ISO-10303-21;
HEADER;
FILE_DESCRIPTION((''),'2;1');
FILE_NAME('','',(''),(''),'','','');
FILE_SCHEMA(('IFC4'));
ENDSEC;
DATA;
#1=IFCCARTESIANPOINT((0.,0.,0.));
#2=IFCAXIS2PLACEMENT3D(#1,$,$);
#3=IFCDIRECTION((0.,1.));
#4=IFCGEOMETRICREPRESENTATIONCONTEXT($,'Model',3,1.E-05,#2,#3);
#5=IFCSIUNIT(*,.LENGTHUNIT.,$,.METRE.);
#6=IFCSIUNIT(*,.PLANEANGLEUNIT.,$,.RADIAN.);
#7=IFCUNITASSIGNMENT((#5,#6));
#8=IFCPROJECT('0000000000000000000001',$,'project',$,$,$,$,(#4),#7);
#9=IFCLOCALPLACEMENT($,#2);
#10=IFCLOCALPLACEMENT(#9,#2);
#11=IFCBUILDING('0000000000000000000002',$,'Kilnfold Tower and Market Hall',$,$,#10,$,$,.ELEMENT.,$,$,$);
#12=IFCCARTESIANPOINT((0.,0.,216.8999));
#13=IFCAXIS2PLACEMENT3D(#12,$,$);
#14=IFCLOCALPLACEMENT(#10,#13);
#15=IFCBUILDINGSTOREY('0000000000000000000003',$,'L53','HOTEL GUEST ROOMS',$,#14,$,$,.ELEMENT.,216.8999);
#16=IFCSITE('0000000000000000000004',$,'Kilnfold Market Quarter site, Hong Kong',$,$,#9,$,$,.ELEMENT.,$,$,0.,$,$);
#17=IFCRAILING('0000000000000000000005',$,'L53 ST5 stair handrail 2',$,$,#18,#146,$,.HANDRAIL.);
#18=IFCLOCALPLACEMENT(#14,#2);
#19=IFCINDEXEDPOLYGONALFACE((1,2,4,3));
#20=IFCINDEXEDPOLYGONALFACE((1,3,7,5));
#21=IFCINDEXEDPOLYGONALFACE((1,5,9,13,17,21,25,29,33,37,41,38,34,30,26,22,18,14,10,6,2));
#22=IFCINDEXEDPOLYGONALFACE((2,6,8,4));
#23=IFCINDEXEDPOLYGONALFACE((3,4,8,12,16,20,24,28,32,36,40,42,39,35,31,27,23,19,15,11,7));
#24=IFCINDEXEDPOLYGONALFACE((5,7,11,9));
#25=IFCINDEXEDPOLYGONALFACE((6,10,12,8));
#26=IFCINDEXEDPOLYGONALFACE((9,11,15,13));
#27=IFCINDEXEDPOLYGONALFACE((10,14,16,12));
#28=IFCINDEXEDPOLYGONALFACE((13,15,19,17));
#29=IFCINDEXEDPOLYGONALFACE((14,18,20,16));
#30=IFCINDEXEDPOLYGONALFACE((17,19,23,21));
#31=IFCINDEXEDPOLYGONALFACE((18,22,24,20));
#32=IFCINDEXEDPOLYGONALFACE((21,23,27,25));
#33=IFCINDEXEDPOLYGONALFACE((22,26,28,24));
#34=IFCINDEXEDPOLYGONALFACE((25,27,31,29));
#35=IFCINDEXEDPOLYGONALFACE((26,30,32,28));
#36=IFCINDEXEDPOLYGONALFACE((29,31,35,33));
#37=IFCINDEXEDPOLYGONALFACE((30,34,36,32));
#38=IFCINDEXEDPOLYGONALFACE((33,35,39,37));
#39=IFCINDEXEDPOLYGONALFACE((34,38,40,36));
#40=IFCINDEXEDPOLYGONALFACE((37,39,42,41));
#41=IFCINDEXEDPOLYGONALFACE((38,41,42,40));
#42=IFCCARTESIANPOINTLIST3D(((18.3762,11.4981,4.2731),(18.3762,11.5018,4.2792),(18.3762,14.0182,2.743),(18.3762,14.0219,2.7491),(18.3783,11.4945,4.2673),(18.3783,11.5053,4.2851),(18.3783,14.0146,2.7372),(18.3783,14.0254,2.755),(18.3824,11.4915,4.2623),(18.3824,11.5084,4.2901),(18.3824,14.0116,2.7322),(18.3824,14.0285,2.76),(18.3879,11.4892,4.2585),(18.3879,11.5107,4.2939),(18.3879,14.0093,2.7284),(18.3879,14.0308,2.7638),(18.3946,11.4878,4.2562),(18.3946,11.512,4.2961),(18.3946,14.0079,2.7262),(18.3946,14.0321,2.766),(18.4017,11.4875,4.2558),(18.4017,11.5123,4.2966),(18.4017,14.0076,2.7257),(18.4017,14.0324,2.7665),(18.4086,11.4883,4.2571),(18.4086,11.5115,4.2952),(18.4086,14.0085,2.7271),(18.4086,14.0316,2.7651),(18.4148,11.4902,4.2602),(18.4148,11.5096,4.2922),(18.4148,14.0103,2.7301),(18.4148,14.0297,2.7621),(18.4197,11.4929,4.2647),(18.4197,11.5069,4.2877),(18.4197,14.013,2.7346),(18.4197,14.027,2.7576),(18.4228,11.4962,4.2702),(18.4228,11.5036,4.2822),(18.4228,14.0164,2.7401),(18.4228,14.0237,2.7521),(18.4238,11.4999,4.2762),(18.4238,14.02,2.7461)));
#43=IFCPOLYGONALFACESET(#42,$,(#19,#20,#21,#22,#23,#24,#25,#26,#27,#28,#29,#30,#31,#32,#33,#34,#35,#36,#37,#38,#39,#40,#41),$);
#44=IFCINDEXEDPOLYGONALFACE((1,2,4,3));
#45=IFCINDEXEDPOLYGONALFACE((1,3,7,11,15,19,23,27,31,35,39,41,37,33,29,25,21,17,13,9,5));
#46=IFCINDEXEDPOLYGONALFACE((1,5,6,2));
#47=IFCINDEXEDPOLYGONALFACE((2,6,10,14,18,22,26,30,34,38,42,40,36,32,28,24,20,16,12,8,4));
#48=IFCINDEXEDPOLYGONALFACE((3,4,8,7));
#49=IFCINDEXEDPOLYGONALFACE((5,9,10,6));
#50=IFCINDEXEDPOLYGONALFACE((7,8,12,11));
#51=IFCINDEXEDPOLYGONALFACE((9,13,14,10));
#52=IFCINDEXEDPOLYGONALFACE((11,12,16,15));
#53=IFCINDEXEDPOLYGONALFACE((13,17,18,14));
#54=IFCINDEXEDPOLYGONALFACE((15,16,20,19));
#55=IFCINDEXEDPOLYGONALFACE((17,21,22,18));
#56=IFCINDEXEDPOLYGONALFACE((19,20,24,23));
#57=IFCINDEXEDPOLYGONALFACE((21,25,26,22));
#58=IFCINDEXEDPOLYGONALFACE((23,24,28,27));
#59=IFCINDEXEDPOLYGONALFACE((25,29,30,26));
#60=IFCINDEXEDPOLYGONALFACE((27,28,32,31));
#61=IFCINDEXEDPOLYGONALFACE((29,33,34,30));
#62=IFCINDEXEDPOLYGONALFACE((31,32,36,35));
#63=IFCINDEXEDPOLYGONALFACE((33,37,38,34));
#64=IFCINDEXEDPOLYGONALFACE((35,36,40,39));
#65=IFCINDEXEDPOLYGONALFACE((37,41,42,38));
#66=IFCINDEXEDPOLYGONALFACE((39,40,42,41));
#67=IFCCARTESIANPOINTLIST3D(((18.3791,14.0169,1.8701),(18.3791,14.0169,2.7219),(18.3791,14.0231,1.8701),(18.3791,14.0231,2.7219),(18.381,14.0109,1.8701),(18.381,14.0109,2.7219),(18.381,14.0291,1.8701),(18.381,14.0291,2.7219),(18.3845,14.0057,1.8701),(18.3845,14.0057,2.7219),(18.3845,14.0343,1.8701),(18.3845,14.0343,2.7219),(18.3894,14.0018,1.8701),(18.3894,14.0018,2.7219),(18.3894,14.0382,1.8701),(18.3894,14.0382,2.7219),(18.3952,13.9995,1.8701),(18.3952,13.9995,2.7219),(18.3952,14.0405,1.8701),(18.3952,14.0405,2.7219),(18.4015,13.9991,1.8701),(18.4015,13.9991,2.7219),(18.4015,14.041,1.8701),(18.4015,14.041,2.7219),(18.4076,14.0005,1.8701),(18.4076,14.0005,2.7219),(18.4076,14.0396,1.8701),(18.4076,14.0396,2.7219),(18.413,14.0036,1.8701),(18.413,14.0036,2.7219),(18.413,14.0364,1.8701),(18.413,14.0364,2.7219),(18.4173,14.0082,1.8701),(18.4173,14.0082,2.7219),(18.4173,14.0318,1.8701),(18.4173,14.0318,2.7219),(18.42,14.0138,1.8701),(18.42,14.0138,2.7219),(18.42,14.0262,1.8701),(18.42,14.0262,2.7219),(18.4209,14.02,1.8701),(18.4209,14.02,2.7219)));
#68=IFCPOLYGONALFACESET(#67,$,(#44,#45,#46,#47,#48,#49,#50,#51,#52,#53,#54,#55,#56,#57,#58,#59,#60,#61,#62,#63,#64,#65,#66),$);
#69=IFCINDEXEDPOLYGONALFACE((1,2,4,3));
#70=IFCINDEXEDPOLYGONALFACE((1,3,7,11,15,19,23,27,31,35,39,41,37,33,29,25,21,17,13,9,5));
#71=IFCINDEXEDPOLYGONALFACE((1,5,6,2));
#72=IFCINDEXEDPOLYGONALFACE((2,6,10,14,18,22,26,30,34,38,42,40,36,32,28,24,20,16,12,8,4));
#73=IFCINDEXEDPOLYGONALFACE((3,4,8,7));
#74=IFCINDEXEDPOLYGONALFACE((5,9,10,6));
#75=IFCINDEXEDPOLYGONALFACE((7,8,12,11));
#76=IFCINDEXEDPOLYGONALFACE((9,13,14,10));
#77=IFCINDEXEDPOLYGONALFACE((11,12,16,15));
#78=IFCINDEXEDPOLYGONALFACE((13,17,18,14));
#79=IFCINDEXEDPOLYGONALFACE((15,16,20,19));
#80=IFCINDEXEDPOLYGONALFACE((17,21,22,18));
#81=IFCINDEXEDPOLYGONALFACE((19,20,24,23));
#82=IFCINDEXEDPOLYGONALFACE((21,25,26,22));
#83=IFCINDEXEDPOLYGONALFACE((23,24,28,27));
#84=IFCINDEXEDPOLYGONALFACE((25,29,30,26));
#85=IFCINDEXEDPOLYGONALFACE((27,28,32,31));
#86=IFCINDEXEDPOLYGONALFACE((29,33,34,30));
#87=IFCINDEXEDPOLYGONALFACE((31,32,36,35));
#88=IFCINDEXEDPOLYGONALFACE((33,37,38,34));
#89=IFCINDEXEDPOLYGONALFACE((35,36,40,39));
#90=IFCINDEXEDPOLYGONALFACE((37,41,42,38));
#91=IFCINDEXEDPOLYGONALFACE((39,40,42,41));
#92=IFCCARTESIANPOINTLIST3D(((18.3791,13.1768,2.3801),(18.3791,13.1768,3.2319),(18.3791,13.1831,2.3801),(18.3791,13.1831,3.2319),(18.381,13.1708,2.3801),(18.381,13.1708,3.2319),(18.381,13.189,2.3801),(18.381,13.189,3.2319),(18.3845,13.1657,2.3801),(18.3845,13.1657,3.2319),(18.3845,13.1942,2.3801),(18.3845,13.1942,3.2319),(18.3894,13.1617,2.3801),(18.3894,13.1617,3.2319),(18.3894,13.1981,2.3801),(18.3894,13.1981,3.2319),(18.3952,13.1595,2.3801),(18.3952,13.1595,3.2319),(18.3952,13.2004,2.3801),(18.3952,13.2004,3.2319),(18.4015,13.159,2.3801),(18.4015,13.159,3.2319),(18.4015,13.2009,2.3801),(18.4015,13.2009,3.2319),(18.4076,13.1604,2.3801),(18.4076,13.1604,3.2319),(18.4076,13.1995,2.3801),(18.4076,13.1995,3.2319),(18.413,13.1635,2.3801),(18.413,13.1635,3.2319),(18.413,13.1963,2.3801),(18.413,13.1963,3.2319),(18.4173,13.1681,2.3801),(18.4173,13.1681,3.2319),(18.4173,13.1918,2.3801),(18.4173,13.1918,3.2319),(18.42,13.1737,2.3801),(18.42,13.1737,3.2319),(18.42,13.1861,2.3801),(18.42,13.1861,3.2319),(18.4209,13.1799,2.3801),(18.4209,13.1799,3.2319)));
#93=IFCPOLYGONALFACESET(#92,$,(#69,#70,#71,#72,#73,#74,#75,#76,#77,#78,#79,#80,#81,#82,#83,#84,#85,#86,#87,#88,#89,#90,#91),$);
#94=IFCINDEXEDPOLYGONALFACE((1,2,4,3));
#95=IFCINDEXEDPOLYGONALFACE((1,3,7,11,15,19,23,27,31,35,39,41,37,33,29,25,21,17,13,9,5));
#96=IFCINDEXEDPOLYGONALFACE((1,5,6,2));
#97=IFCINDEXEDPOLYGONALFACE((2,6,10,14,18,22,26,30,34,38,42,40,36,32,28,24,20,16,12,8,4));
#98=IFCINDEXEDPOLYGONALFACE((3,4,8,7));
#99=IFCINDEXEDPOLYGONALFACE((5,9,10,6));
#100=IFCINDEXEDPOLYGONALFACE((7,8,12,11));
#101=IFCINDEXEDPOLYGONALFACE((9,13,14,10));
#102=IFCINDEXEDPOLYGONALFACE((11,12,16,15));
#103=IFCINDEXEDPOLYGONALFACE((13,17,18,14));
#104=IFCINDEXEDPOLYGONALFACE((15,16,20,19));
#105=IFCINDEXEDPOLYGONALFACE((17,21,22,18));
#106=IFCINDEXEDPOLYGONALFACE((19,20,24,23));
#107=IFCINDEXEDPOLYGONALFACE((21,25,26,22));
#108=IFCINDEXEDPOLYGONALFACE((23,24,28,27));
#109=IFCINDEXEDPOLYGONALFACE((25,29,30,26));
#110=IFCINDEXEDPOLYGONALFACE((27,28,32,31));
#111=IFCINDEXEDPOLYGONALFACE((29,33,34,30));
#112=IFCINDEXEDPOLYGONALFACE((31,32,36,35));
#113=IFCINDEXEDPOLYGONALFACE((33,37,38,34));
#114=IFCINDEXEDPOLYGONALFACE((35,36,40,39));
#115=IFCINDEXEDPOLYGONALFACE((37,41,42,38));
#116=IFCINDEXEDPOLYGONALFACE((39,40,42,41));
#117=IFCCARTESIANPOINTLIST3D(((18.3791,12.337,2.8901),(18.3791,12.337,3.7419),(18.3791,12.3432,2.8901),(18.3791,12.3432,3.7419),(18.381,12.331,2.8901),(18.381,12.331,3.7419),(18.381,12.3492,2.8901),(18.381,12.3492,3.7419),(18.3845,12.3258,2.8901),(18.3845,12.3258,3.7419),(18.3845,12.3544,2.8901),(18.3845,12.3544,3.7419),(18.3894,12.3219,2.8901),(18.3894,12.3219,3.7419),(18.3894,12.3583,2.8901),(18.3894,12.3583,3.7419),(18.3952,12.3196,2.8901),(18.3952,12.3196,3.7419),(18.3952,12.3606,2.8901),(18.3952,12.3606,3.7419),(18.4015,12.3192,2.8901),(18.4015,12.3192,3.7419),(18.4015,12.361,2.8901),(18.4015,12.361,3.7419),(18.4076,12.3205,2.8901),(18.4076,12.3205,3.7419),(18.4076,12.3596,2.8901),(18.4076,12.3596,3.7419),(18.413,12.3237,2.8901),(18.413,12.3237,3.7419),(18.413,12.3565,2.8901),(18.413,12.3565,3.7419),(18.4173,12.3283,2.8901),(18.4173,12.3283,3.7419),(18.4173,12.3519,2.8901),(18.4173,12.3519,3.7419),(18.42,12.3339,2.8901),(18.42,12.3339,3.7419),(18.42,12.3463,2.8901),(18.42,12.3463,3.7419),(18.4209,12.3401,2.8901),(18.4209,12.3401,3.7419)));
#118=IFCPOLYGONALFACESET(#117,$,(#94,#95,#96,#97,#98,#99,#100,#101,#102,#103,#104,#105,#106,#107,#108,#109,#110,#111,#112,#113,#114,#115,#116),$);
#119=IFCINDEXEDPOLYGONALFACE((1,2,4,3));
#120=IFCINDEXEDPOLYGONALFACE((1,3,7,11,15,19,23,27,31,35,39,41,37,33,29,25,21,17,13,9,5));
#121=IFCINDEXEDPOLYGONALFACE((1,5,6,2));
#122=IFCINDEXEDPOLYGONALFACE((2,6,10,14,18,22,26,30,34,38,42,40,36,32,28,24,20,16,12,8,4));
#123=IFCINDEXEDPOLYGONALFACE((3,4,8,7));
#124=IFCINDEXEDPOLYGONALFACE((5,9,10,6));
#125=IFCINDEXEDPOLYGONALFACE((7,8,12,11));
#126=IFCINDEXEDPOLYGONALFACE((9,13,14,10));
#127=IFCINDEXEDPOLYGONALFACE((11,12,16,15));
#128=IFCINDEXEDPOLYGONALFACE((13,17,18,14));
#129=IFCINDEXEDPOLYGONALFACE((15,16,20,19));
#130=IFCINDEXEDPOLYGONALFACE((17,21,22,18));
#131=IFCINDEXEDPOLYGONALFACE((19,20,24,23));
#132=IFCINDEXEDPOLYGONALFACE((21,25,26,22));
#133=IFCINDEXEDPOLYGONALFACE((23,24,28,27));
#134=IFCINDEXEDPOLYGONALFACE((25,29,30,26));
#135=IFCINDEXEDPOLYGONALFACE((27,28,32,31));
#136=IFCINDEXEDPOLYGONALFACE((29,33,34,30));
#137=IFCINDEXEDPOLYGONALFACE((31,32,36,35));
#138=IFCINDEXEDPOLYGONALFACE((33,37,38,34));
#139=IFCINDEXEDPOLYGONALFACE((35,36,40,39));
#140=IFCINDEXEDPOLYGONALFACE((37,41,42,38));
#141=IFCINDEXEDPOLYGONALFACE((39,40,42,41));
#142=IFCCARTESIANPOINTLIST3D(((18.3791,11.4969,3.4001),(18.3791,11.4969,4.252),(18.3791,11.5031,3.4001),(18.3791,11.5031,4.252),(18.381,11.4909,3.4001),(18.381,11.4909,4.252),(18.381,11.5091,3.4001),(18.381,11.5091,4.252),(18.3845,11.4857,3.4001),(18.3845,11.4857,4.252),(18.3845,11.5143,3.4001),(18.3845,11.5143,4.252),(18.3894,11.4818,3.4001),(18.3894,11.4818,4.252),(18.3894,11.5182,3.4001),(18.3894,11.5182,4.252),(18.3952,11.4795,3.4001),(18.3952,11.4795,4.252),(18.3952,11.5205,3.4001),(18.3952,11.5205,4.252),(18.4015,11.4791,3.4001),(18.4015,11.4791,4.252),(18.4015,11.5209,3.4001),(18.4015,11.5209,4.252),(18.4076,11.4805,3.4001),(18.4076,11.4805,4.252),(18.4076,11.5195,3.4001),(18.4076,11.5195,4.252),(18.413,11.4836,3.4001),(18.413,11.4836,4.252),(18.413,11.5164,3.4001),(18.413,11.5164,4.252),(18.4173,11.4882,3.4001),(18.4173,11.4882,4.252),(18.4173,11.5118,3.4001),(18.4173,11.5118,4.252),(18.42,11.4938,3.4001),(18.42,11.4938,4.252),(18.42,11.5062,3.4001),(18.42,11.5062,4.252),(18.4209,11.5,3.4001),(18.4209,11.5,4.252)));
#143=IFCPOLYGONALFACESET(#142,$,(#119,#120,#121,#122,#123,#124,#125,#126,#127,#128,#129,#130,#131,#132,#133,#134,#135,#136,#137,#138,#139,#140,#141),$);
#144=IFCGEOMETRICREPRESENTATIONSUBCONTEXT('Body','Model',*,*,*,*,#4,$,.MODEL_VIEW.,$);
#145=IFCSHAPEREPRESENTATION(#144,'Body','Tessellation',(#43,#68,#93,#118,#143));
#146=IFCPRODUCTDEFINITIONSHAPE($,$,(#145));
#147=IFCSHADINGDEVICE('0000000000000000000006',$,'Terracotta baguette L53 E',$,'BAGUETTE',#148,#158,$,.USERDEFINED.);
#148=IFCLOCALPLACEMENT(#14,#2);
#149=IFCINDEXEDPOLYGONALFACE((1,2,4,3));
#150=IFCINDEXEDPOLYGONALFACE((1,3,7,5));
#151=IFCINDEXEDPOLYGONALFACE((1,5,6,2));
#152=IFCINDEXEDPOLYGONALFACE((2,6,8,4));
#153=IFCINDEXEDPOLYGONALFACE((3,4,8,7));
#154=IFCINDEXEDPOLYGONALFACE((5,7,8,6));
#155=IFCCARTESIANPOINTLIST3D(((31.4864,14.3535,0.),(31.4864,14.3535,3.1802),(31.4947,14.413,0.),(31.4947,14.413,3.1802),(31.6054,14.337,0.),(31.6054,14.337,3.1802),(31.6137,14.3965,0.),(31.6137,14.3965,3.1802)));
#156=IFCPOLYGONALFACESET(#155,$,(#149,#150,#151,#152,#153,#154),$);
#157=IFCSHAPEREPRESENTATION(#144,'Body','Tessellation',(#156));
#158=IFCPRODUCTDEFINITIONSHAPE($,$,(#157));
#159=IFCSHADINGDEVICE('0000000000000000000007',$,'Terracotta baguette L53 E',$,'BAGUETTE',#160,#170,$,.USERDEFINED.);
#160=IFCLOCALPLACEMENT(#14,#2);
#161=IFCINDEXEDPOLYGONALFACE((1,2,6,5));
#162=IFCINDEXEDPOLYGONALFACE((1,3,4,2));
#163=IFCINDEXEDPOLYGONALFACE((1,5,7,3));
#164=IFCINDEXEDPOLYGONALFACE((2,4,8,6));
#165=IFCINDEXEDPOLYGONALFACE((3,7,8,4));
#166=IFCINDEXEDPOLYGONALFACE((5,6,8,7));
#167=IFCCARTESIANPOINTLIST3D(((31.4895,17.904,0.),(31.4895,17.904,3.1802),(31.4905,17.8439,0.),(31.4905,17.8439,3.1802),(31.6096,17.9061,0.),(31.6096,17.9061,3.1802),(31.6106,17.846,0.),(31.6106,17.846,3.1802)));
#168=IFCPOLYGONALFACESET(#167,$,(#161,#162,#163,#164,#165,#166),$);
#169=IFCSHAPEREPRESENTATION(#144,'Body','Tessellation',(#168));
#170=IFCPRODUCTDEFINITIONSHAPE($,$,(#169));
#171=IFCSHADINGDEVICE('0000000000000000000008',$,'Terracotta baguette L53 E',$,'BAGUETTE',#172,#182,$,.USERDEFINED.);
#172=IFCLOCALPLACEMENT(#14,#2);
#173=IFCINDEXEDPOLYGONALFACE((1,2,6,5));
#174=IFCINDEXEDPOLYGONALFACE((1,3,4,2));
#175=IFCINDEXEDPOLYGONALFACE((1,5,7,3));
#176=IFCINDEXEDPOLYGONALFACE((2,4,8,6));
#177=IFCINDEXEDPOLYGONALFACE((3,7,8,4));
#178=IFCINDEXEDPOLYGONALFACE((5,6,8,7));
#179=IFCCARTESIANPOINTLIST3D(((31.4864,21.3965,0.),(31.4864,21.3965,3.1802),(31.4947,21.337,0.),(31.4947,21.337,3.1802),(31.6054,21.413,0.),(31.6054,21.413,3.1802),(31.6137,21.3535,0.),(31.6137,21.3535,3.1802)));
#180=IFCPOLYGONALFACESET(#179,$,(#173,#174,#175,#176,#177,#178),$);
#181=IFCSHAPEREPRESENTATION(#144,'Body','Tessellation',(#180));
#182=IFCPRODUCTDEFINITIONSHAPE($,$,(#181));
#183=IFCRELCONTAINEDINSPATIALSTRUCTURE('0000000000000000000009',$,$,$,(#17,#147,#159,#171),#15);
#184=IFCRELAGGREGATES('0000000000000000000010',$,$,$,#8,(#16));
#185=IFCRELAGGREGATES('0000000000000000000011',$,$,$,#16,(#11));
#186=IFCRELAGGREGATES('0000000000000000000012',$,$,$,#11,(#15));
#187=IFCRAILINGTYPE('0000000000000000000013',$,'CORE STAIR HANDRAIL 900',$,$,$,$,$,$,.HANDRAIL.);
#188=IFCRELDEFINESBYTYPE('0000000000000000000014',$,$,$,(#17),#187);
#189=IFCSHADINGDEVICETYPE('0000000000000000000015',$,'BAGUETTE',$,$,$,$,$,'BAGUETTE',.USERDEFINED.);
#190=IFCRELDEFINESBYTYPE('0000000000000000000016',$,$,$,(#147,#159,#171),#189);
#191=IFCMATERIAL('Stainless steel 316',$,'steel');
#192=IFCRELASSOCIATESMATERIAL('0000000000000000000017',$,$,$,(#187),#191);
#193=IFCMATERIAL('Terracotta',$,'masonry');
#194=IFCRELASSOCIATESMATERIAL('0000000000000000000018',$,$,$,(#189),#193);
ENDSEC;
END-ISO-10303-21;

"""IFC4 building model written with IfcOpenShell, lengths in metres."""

from ifc_helpers import new_model, si_unit, direction, frame, origin, origin_2d, place, context, subcontext, project, spatial, rectangle, circle, extrude, source, transform, mapped, material, material_profile, profile_set, type_object, element, save


model = new_model("IFC4")

# Units and contexts
model_context = context("Model", 3, precision=1e-05, world=origin(), true_north=direction((0.0, 1.0)))
body_context = subcontext(model_context, "Body", "Model", "MODEL_VIEW")
ifc_project = project(units=[si_unit("LENGTHUNIT", "METRE"), si_unit("PLANEANGLEUNIT", "RADIAN")], contexts=[model_context])

# Site, building, storey
site_placement = place(None, origin())
site = spatial("IfcSite", under=ifc_project, at=site_placement, Name="Kilnfold Market Quarter site, Hong Kong", CompositionType="ELEMENT", RefElevation=0.0)
building_placement = place(site_placement, origin())
building = spatial("IfcBuilding", under=site, at=building_placement, Name="Kilnfold Tower and Market Hall", CompositionType="ELEMENT")
storey_placement = place(building_placement, frame((0.0, 0.0, 216.8999)))
storey = spatial("IfcBuildingStorey", under=building, at=storey_placement, Name="L53", Description="HOTEL GUEST ROOMS", CompositionType="ELEMENT", Elevation=216.8999)

# Railing
ifc_material_1 = material(Name="Stainless steel 316", Category="steel")
railing_type = type_object("IfcRailingType", Name="CORE STAIR HANDRAIL 900", PredefinedType="HANDRAIL", material=ifc_material_1)
railing_placement = place(storey_placement, frame((18.3999, 14.02, 1.8701)))
element("IfcRailing", 1, at=railing_placement, inside=storey, type_object=railing_type, Name="L53 ST5 stair handrail 2", PredefinedType="HANDRAIL", context=body_context, shape_type="SweptSolid", body=[
    extrude(circle(Radius=0.0239, at=origin_2d()), frame((0.0, 0.0, 0.876), z_axis=(0.0, -0.854785, 0.518982), x_axis=(1.0, 0.0, 0.0)), (0.0, 0.0, 1.0), 2.9482),
    extrude(circle(Radius=0.021, at=origin_2d()), origin(), (0.0, 0.0, 1.0), 0.8518),
    extrude(circle(Radius=0.021, at=origin_2d()), frame((0.0, -0.8401, 0.51)), (0.0, 0.0, 1.0), 0.8518),
    extrude(circle(Radius=0.021, at=origin_2d()), frame((0.0, -1.6799, 1.02)), (0.0, 0.0, 1.0), 0.8518),
    extrude(circle(Radius=0.021, at=origin_2d()), frame((0.0, -2.52, 1.53)), (0.0, 0.0, 1.0), 0.8518),
])

# Shading devices
ifc_material_2 = material(Name="Terracotta", Category="masonry")
ifc_material_profile_1 = material_profile(ifc_material_2, rectangle(XDim=0.0601, YDim=0.1201, at=origin_2d()), Name="BAG 60x120")
ifc_profile_set_1 = profile_set([ifc_material_profile_1], Name="Terracotta")
shading_device_type = type_object("IfcShadingDeviceType", Name="BAGUETTE", ElementType="BAGUETTE", PredefinedType="USERDEFINED", material=ifc_profile_set_1)
shared_shape_1 = source(origin(), body_context, "Body", "SweptSolid", [
    extrude(rectangle(XDim=0.0601, YDim=0.1201, at=origin_2d()), origin(), (0.0, 0.0, 1.0), 3.1802),
])
for number, where, z_axis, x_axis, name in (
    (2, (31.55, 14.375, 0.0), (0.0, 0.0, 1.0), (0.138046, 0.990426, 0.0), "Terracotta baguette L53 E"),
    (3, (31.55, 17.875, 0.0), (0.0, 0.0, 1.0), (-0.017794, 0.999842, 0.0), "Terracotta baguette L53 E"),
    (4, (31.55, 21.375, 0.0), (0.0, 0.0, 1.0), (-0.138046, 0.990426, 0.0), "Terracotta baguette L53 E"),
):
    element("IfcShadingDevice", number, at=place(storey_placement, frame(where, z_axis=z_axis, x_axis=x_axis)), inside=storey, type_object=shading_device_type, Name=name, ObjectType="BAGUETTE", PredefinedType="USERDEFINED", context=body_context, shape_type="MappedRepresentation", body=[
        mapped(shared_shape_1, transform((0.0, 0.0, 0.0))),
    ])

save(model, "model.ifc")
